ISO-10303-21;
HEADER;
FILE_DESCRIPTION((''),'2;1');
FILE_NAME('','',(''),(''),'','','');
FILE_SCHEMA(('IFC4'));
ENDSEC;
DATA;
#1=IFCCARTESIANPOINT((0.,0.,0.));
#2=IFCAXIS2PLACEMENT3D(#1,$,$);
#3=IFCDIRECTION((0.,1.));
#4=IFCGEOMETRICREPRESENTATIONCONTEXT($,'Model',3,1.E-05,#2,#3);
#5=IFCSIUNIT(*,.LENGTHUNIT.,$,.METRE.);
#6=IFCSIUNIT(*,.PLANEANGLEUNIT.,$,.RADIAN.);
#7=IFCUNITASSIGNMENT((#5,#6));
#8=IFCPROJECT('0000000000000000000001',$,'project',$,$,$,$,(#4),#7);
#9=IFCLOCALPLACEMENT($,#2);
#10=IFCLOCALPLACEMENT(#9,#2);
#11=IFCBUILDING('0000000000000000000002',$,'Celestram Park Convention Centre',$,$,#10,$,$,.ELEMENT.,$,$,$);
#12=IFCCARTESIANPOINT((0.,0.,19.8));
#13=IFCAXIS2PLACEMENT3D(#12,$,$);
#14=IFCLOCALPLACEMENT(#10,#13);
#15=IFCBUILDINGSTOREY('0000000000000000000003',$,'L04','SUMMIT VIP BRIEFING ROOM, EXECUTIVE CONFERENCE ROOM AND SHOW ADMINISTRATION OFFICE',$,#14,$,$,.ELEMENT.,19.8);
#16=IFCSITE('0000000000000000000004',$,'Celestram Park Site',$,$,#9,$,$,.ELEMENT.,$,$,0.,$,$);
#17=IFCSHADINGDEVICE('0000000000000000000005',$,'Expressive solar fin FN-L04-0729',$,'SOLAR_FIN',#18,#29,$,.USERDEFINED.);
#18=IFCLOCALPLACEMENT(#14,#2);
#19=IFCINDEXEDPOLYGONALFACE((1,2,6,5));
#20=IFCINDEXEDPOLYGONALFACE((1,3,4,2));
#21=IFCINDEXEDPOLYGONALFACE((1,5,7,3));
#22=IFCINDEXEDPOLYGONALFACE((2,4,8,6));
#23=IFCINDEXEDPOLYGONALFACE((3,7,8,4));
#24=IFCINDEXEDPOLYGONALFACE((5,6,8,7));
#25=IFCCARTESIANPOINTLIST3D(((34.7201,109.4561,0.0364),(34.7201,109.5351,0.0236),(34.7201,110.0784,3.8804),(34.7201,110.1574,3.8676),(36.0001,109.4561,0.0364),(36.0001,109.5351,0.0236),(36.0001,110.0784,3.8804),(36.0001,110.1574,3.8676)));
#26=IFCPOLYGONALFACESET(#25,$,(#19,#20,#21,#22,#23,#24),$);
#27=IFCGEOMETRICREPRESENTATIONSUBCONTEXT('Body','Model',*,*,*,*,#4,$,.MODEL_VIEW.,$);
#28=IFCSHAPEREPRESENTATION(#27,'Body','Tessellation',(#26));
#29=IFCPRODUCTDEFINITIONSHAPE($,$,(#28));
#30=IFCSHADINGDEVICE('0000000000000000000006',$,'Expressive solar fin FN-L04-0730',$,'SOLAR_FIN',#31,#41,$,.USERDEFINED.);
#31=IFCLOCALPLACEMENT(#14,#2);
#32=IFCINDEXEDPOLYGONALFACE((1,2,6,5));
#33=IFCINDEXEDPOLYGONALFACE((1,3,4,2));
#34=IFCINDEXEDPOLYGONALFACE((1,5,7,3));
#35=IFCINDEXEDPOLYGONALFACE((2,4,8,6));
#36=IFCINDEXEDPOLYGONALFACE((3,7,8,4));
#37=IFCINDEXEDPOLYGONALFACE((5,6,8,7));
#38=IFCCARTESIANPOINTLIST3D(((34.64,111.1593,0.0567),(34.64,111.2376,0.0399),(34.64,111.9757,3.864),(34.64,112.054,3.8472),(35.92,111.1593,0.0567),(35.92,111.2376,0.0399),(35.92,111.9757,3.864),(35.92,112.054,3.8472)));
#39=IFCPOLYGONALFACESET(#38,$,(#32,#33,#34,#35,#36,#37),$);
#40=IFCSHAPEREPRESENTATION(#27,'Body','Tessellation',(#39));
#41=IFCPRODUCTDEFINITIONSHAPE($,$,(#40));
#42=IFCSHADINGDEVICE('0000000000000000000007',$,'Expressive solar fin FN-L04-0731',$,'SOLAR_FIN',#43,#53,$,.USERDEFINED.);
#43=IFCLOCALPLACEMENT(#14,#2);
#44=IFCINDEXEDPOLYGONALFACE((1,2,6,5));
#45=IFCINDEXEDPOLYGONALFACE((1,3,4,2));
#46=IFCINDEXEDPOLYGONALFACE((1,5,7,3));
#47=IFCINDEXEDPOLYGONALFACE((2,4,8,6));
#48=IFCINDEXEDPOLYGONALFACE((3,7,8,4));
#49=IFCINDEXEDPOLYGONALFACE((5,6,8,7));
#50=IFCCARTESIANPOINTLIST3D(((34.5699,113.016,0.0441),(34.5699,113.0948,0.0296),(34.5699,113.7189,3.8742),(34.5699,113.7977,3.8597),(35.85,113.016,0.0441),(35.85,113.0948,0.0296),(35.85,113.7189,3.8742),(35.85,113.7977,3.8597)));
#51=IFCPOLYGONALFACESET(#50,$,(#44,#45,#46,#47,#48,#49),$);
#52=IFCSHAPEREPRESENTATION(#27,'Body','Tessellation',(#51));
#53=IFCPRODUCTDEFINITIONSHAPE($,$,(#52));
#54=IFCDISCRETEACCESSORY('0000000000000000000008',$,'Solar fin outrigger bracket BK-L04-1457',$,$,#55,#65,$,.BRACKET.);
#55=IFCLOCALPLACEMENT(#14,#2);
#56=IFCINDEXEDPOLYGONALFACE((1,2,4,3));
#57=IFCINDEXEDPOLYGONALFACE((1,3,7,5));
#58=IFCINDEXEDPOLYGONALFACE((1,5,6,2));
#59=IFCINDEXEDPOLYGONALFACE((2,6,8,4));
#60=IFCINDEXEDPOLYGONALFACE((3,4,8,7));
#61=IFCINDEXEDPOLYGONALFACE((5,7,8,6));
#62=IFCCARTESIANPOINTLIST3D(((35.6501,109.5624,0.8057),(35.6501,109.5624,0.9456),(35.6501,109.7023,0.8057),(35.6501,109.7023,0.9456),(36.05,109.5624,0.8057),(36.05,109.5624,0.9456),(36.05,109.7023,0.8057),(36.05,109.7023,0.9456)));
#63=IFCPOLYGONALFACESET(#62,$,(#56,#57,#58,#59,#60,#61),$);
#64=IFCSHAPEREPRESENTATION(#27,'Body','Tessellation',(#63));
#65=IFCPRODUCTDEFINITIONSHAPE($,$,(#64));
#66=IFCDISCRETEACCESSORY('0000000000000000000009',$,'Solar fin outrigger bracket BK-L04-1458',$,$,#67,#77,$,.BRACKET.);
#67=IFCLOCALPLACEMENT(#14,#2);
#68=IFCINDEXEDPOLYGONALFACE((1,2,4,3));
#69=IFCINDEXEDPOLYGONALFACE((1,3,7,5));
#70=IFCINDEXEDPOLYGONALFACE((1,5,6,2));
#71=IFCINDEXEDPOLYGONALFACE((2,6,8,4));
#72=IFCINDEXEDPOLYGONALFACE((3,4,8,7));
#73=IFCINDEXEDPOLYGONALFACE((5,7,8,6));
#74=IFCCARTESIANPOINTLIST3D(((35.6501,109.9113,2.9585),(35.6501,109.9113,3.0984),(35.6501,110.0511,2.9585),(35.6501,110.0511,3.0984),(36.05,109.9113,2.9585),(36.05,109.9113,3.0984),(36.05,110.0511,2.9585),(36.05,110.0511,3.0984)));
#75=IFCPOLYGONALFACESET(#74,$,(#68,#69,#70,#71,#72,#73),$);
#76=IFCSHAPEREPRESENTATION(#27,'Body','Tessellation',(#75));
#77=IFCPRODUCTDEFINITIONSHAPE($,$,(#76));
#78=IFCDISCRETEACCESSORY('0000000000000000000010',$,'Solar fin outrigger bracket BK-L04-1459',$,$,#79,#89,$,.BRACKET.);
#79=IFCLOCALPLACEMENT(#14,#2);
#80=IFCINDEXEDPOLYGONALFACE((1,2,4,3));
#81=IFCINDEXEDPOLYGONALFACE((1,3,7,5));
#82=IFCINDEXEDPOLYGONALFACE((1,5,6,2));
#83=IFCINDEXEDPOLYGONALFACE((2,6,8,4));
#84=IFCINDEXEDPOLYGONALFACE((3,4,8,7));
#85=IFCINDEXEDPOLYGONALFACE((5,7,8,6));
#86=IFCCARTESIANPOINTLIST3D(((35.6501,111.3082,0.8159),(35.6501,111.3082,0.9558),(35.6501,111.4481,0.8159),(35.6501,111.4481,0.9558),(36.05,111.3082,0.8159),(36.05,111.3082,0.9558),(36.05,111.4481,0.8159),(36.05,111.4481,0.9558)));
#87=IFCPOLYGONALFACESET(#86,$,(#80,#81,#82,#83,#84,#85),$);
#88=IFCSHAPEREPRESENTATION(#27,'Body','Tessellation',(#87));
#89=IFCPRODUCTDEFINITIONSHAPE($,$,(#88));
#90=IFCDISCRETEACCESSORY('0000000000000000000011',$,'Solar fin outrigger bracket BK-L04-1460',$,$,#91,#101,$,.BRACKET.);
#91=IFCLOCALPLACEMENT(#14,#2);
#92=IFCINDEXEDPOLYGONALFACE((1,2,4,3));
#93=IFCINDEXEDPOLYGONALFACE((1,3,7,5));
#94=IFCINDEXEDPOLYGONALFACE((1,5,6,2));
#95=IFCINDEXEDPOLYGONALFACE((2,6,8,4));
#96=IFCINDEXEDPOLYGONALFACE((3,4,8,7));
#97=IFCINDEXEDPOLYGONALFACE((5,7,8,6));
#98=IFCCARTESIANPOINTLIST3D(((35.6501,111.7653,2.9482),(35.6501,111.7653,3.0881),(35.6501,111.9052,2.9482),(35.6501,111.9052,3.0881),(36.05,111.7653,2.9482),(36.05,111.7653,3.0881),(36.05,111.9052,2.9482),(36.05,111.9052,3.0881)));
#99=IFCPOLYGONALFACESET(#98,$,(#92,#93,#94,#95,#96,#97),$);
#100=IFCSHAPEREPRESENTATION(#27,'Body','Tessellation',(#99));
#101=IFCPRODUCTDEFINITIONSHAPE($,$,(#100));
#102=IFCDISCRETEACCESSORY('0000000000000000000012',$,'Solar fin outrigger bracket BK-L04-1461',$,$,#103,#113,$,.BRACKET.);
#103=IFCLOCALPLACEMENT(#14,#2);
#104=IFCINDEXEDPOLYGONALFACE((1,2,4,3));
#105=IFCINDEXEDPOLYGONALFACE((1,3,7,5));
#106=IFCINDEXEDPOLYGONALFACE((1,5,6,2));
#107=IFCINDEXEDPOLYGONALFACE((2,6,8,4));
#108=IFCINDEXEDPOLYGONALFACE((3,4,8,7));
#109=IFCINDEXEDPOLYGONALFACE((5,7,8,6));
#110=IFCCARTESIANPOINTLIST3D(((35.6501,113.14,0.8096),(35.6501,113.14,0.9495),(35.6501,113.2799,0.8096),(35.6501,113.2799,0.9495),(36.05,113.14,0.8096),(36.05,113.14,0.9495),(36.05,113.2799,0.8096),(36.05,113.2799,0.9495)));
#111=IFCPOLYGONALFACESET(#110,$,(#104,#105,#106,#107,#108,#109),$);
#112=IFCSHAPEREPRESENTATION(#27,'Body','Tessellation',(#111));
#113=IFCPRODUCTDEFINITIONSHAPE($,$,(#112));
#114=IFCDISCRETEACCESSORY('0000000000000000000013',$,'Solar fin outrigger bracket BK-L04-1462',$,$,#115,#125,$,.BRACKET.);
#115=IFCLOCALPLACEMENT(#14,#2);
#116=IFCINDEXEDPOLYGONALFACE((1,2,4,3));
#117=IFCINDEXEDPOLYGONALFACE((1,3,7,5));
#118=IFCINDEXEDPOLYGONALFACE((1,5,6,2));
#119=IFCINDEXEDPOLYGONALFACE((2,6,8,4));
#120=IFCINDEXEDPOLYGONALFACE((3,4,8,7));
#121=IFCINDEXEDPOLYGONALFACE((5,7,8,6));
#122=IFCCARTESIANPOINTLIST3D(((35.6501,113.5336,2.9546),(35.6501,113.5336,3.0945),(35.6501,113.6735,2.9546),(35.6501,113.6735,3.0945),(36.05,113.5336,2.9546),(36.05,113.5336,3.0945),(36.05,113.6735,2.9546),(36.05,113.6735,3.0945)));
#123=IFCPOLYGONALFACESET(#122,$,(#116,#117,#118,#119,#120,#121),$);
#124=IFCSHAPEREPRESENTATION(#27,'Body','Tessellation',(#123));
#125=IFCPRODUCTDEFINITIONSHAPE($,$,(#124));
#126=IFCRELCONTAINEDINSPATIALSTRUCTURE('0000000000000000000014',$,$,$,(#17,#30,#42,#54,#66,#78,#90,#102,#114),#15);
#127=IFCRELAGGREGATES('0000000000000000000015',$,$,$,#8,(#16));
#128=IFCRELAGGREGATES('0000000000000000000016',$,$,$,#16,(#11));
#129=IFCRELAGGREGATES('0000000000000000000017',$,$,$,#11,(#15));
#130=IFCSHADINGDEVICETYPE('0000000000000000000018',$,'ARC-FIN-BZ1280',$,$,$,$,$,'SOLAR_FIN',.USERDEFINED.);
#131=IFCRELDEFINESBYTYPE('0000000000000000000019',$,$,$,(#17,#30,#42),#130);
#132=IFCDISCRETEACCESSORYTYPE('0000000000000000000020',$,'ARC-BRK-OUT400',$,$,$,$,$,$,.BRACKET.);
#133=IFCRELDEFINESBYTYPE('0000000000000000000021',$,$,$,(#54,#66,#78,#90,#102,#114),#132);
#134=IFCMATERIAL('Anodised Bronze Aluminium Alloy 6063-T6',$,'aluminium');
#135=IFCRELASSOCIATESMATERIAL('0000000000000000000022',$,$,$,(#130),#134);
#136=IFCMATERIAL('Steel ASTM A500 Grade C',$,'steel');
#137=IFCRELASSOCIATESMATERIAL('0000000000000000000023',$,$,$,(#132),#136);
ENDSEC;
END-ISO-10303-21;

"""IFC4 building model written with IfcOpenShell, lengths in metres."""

from ifc_helpers import new_model, si_unit, direction, frame, origin, origin_2d, place, context, subcontext, project, spatial, rectangle, extrude, material, material_profile, profile_set, type_object, element, save


model = new_model("IFC4")

# Units and contexts
model_context = context("Model", 3, precision=1e-05, world=origin(), true_north=direction((0.0, 1.0)))
body_context = subcontext(model_context, "Body", "Model", "MODEL_VIEW")
ifc_project = project(units=[si_unit("LENGTHUNIT", "METRE"), si_unit("PLANEANGLEUNIT", "RADIAN")], contexts=[model_context])

# Site, building, storey
site_placement = place(None, origin())
site = spatial("IfcSite", under=ifc_project, at=site_placement, Name="Celestram Park Site", CompositionType="ELEMENT", RefElevation=0.0)
building_placement = place(site_placement, origin())
building = spatial("IfcBuilding", under=site, at=building_placement, Name="Celestram Park Convention Centre", CompositionType="ELEMENT")
storey_placement = place(building_placement, frame((0.0, 0.0, 19.8)))
storey = spatial("IfcBuildingStorey", under=building, at=storey_placement, Name="L04", Description="SUMMIT VIP BRIEFING ROOM, EXECUTIVE CONFERENCE ROOM AND SHOW ADMINISTRATION OFFICE", CompositionType="ELEMENT", Elevation=19.8)

# Shading devices
ifc_material_1 = material(Name="Anodised Bronze Aluminium Alloy 6063-T6", Category="aluminium")
ifc_material_profile_1 = material_profile(ifc_material_1, rectangle(XDim=1.28, YDim=0.0801, at=origin_2d()), Name="FIN1280X80")
ifc_profile_set_1 = profile_set([ifc_material_profile_1], Name="Anodised Bronze Aluminium Alloy 6063-T6")
shading_device_type = type_object("IfcShadingDeviceType", Name="ARC-FIN-BZ1280", ElementType="SOLAR_FIN", PredefinedType="USERDEFINED", material=ifc_profile_set_1)
shading_device_1_placement = place(storey_placement, frame((35.3601, 109.4956, 0.03), z_axis=(0.0, 0.159812, 0.987147), x_axis=(-1.0, 0.0, 0.0)))
element("IfcShadingDevice", 1, at=shading_device_1_placement, inside=storey, type_object=shading_device_type, Name="Expressive solar fin FN-L04-0729", ObjectType="SOLAR_FIN", PredefinedType="USERDEFINED", context=body_context, shape_type="SweptSolid", body=[
    extrude(rectangle(XDim=1.28, YDim=0.0801, at=origin_2d()), origin(), (0.0, 0.0, 1.0), 3.894),
])
shading_device_2_placement = place(storey_placement, frame((35.28, 111.1985, 0.0483), z_axis=(0.0, 0.209662, 0.977774), x_axis=(-1.0, 0.0, 0.0)))
element("IfcShadingDevice", 2, at=shading_device_2_placement, inside=storey, type_object=shading_device_type, Name="Expressive solar fin FN-L04-0730", ObjectType="SOLAR_FIN", PredefinedType="USERDEFINED", context=body_context, shape_type="SweptSolid", body=[
    extrude(rectangle(XDim=1.28, YDim=0.0801, at=origin_2d()), origin(), (0.0, 0.0, 1.0), 3.8938),
])
shading_device_3_placement = place(storey_placement, frame((35.21, 113.0554, 0.0369), z_axis=(0.0, 0.180502, 0.983575), x_axis=(-1.0, 0.0, 0.0)))
element("IfcShadingDevice", 3, at=shading_device_3_placement, inside=storey, type_object=shading_device_type, Name="Expressive solar fin FN-L04-0731", ObjectType="SOLAR_FIN", PredefinedType="USERDEFINED", context=body_context, shape_type="SweptSolid", body=[
    extrude(rectangle(XDim=1.28, YDim=0.0801, at=origin_2d()), origin(), (0.0, 0.0, 1.0), 3.894),
])

# Discrete accessories
ifc_material_2 = material(Name="Steel ASTM A500 Grade C", Category="steel")
discrete_accessory_type = type_object("IfcDiscreteAccessoryType", Name="ARC-BRK-OUT400", PredefinedType="BRACKET", material=ifc_material_2)
for number, where, z_axis, x_axis, name in (
    (4, (35.8501, 109.6323, 0.8057), (0.0, 0.0, 1.0), (-1.0, 0.0, 0.0), "Solar fin outrigger bracket BK-L04-1457"),
    (5, (35.8501, 109.9812, 2.9585), (0.0, 0.0, 1.0), (-1.0, 0.0, 0.0), "Solar fin outrigger bracket BK-L04-1458"),
    (6, (35.8501, 111.3782, 0.8159), (0.0, 0.0, 1.0), (-1.0, 0.0, 0.0), "Solar fin outrigger bracket BK-L04-1459"),
    (7, (35.8501, 111.8352, 2.9482), (0.0, 0.0, 1.0), (-1.0, 0.0, 0.0), "Solar fin outrigger bracket BK-L04-1460"),
    (8, (35.8501, 113.21, 0.8096), (0.0, 0.0, 1.0), (-1.0, 0.0, 0.0), "Solar fin outrigger bracket BK-L04-1461"),
    (9, (35.8501, 113.6035, 2.9546), (0.0, 0.0, 1.0), (-1.0, 0.0, 0.0), "Solar fin outrigger bracket BK-L04-1462"),
):
    element("IfcDiscreteAccessory", number, at=place(storey_placement, frame(where, z_axis=z_axis, x_axis=x_axis)), inside=storey, type_object=discrete_accessory_type, Name=name, PredefinedType="BRACKET", context=body_context, shape_type="SweptSolid", body=[
        extrude(rectangle(XDim=0.3999, YDim=0.1399, at=origin_2d()), origin(), (0.0, 0.0, 1.0), 0.1399),
    ])

save(model, "model.ifc")
